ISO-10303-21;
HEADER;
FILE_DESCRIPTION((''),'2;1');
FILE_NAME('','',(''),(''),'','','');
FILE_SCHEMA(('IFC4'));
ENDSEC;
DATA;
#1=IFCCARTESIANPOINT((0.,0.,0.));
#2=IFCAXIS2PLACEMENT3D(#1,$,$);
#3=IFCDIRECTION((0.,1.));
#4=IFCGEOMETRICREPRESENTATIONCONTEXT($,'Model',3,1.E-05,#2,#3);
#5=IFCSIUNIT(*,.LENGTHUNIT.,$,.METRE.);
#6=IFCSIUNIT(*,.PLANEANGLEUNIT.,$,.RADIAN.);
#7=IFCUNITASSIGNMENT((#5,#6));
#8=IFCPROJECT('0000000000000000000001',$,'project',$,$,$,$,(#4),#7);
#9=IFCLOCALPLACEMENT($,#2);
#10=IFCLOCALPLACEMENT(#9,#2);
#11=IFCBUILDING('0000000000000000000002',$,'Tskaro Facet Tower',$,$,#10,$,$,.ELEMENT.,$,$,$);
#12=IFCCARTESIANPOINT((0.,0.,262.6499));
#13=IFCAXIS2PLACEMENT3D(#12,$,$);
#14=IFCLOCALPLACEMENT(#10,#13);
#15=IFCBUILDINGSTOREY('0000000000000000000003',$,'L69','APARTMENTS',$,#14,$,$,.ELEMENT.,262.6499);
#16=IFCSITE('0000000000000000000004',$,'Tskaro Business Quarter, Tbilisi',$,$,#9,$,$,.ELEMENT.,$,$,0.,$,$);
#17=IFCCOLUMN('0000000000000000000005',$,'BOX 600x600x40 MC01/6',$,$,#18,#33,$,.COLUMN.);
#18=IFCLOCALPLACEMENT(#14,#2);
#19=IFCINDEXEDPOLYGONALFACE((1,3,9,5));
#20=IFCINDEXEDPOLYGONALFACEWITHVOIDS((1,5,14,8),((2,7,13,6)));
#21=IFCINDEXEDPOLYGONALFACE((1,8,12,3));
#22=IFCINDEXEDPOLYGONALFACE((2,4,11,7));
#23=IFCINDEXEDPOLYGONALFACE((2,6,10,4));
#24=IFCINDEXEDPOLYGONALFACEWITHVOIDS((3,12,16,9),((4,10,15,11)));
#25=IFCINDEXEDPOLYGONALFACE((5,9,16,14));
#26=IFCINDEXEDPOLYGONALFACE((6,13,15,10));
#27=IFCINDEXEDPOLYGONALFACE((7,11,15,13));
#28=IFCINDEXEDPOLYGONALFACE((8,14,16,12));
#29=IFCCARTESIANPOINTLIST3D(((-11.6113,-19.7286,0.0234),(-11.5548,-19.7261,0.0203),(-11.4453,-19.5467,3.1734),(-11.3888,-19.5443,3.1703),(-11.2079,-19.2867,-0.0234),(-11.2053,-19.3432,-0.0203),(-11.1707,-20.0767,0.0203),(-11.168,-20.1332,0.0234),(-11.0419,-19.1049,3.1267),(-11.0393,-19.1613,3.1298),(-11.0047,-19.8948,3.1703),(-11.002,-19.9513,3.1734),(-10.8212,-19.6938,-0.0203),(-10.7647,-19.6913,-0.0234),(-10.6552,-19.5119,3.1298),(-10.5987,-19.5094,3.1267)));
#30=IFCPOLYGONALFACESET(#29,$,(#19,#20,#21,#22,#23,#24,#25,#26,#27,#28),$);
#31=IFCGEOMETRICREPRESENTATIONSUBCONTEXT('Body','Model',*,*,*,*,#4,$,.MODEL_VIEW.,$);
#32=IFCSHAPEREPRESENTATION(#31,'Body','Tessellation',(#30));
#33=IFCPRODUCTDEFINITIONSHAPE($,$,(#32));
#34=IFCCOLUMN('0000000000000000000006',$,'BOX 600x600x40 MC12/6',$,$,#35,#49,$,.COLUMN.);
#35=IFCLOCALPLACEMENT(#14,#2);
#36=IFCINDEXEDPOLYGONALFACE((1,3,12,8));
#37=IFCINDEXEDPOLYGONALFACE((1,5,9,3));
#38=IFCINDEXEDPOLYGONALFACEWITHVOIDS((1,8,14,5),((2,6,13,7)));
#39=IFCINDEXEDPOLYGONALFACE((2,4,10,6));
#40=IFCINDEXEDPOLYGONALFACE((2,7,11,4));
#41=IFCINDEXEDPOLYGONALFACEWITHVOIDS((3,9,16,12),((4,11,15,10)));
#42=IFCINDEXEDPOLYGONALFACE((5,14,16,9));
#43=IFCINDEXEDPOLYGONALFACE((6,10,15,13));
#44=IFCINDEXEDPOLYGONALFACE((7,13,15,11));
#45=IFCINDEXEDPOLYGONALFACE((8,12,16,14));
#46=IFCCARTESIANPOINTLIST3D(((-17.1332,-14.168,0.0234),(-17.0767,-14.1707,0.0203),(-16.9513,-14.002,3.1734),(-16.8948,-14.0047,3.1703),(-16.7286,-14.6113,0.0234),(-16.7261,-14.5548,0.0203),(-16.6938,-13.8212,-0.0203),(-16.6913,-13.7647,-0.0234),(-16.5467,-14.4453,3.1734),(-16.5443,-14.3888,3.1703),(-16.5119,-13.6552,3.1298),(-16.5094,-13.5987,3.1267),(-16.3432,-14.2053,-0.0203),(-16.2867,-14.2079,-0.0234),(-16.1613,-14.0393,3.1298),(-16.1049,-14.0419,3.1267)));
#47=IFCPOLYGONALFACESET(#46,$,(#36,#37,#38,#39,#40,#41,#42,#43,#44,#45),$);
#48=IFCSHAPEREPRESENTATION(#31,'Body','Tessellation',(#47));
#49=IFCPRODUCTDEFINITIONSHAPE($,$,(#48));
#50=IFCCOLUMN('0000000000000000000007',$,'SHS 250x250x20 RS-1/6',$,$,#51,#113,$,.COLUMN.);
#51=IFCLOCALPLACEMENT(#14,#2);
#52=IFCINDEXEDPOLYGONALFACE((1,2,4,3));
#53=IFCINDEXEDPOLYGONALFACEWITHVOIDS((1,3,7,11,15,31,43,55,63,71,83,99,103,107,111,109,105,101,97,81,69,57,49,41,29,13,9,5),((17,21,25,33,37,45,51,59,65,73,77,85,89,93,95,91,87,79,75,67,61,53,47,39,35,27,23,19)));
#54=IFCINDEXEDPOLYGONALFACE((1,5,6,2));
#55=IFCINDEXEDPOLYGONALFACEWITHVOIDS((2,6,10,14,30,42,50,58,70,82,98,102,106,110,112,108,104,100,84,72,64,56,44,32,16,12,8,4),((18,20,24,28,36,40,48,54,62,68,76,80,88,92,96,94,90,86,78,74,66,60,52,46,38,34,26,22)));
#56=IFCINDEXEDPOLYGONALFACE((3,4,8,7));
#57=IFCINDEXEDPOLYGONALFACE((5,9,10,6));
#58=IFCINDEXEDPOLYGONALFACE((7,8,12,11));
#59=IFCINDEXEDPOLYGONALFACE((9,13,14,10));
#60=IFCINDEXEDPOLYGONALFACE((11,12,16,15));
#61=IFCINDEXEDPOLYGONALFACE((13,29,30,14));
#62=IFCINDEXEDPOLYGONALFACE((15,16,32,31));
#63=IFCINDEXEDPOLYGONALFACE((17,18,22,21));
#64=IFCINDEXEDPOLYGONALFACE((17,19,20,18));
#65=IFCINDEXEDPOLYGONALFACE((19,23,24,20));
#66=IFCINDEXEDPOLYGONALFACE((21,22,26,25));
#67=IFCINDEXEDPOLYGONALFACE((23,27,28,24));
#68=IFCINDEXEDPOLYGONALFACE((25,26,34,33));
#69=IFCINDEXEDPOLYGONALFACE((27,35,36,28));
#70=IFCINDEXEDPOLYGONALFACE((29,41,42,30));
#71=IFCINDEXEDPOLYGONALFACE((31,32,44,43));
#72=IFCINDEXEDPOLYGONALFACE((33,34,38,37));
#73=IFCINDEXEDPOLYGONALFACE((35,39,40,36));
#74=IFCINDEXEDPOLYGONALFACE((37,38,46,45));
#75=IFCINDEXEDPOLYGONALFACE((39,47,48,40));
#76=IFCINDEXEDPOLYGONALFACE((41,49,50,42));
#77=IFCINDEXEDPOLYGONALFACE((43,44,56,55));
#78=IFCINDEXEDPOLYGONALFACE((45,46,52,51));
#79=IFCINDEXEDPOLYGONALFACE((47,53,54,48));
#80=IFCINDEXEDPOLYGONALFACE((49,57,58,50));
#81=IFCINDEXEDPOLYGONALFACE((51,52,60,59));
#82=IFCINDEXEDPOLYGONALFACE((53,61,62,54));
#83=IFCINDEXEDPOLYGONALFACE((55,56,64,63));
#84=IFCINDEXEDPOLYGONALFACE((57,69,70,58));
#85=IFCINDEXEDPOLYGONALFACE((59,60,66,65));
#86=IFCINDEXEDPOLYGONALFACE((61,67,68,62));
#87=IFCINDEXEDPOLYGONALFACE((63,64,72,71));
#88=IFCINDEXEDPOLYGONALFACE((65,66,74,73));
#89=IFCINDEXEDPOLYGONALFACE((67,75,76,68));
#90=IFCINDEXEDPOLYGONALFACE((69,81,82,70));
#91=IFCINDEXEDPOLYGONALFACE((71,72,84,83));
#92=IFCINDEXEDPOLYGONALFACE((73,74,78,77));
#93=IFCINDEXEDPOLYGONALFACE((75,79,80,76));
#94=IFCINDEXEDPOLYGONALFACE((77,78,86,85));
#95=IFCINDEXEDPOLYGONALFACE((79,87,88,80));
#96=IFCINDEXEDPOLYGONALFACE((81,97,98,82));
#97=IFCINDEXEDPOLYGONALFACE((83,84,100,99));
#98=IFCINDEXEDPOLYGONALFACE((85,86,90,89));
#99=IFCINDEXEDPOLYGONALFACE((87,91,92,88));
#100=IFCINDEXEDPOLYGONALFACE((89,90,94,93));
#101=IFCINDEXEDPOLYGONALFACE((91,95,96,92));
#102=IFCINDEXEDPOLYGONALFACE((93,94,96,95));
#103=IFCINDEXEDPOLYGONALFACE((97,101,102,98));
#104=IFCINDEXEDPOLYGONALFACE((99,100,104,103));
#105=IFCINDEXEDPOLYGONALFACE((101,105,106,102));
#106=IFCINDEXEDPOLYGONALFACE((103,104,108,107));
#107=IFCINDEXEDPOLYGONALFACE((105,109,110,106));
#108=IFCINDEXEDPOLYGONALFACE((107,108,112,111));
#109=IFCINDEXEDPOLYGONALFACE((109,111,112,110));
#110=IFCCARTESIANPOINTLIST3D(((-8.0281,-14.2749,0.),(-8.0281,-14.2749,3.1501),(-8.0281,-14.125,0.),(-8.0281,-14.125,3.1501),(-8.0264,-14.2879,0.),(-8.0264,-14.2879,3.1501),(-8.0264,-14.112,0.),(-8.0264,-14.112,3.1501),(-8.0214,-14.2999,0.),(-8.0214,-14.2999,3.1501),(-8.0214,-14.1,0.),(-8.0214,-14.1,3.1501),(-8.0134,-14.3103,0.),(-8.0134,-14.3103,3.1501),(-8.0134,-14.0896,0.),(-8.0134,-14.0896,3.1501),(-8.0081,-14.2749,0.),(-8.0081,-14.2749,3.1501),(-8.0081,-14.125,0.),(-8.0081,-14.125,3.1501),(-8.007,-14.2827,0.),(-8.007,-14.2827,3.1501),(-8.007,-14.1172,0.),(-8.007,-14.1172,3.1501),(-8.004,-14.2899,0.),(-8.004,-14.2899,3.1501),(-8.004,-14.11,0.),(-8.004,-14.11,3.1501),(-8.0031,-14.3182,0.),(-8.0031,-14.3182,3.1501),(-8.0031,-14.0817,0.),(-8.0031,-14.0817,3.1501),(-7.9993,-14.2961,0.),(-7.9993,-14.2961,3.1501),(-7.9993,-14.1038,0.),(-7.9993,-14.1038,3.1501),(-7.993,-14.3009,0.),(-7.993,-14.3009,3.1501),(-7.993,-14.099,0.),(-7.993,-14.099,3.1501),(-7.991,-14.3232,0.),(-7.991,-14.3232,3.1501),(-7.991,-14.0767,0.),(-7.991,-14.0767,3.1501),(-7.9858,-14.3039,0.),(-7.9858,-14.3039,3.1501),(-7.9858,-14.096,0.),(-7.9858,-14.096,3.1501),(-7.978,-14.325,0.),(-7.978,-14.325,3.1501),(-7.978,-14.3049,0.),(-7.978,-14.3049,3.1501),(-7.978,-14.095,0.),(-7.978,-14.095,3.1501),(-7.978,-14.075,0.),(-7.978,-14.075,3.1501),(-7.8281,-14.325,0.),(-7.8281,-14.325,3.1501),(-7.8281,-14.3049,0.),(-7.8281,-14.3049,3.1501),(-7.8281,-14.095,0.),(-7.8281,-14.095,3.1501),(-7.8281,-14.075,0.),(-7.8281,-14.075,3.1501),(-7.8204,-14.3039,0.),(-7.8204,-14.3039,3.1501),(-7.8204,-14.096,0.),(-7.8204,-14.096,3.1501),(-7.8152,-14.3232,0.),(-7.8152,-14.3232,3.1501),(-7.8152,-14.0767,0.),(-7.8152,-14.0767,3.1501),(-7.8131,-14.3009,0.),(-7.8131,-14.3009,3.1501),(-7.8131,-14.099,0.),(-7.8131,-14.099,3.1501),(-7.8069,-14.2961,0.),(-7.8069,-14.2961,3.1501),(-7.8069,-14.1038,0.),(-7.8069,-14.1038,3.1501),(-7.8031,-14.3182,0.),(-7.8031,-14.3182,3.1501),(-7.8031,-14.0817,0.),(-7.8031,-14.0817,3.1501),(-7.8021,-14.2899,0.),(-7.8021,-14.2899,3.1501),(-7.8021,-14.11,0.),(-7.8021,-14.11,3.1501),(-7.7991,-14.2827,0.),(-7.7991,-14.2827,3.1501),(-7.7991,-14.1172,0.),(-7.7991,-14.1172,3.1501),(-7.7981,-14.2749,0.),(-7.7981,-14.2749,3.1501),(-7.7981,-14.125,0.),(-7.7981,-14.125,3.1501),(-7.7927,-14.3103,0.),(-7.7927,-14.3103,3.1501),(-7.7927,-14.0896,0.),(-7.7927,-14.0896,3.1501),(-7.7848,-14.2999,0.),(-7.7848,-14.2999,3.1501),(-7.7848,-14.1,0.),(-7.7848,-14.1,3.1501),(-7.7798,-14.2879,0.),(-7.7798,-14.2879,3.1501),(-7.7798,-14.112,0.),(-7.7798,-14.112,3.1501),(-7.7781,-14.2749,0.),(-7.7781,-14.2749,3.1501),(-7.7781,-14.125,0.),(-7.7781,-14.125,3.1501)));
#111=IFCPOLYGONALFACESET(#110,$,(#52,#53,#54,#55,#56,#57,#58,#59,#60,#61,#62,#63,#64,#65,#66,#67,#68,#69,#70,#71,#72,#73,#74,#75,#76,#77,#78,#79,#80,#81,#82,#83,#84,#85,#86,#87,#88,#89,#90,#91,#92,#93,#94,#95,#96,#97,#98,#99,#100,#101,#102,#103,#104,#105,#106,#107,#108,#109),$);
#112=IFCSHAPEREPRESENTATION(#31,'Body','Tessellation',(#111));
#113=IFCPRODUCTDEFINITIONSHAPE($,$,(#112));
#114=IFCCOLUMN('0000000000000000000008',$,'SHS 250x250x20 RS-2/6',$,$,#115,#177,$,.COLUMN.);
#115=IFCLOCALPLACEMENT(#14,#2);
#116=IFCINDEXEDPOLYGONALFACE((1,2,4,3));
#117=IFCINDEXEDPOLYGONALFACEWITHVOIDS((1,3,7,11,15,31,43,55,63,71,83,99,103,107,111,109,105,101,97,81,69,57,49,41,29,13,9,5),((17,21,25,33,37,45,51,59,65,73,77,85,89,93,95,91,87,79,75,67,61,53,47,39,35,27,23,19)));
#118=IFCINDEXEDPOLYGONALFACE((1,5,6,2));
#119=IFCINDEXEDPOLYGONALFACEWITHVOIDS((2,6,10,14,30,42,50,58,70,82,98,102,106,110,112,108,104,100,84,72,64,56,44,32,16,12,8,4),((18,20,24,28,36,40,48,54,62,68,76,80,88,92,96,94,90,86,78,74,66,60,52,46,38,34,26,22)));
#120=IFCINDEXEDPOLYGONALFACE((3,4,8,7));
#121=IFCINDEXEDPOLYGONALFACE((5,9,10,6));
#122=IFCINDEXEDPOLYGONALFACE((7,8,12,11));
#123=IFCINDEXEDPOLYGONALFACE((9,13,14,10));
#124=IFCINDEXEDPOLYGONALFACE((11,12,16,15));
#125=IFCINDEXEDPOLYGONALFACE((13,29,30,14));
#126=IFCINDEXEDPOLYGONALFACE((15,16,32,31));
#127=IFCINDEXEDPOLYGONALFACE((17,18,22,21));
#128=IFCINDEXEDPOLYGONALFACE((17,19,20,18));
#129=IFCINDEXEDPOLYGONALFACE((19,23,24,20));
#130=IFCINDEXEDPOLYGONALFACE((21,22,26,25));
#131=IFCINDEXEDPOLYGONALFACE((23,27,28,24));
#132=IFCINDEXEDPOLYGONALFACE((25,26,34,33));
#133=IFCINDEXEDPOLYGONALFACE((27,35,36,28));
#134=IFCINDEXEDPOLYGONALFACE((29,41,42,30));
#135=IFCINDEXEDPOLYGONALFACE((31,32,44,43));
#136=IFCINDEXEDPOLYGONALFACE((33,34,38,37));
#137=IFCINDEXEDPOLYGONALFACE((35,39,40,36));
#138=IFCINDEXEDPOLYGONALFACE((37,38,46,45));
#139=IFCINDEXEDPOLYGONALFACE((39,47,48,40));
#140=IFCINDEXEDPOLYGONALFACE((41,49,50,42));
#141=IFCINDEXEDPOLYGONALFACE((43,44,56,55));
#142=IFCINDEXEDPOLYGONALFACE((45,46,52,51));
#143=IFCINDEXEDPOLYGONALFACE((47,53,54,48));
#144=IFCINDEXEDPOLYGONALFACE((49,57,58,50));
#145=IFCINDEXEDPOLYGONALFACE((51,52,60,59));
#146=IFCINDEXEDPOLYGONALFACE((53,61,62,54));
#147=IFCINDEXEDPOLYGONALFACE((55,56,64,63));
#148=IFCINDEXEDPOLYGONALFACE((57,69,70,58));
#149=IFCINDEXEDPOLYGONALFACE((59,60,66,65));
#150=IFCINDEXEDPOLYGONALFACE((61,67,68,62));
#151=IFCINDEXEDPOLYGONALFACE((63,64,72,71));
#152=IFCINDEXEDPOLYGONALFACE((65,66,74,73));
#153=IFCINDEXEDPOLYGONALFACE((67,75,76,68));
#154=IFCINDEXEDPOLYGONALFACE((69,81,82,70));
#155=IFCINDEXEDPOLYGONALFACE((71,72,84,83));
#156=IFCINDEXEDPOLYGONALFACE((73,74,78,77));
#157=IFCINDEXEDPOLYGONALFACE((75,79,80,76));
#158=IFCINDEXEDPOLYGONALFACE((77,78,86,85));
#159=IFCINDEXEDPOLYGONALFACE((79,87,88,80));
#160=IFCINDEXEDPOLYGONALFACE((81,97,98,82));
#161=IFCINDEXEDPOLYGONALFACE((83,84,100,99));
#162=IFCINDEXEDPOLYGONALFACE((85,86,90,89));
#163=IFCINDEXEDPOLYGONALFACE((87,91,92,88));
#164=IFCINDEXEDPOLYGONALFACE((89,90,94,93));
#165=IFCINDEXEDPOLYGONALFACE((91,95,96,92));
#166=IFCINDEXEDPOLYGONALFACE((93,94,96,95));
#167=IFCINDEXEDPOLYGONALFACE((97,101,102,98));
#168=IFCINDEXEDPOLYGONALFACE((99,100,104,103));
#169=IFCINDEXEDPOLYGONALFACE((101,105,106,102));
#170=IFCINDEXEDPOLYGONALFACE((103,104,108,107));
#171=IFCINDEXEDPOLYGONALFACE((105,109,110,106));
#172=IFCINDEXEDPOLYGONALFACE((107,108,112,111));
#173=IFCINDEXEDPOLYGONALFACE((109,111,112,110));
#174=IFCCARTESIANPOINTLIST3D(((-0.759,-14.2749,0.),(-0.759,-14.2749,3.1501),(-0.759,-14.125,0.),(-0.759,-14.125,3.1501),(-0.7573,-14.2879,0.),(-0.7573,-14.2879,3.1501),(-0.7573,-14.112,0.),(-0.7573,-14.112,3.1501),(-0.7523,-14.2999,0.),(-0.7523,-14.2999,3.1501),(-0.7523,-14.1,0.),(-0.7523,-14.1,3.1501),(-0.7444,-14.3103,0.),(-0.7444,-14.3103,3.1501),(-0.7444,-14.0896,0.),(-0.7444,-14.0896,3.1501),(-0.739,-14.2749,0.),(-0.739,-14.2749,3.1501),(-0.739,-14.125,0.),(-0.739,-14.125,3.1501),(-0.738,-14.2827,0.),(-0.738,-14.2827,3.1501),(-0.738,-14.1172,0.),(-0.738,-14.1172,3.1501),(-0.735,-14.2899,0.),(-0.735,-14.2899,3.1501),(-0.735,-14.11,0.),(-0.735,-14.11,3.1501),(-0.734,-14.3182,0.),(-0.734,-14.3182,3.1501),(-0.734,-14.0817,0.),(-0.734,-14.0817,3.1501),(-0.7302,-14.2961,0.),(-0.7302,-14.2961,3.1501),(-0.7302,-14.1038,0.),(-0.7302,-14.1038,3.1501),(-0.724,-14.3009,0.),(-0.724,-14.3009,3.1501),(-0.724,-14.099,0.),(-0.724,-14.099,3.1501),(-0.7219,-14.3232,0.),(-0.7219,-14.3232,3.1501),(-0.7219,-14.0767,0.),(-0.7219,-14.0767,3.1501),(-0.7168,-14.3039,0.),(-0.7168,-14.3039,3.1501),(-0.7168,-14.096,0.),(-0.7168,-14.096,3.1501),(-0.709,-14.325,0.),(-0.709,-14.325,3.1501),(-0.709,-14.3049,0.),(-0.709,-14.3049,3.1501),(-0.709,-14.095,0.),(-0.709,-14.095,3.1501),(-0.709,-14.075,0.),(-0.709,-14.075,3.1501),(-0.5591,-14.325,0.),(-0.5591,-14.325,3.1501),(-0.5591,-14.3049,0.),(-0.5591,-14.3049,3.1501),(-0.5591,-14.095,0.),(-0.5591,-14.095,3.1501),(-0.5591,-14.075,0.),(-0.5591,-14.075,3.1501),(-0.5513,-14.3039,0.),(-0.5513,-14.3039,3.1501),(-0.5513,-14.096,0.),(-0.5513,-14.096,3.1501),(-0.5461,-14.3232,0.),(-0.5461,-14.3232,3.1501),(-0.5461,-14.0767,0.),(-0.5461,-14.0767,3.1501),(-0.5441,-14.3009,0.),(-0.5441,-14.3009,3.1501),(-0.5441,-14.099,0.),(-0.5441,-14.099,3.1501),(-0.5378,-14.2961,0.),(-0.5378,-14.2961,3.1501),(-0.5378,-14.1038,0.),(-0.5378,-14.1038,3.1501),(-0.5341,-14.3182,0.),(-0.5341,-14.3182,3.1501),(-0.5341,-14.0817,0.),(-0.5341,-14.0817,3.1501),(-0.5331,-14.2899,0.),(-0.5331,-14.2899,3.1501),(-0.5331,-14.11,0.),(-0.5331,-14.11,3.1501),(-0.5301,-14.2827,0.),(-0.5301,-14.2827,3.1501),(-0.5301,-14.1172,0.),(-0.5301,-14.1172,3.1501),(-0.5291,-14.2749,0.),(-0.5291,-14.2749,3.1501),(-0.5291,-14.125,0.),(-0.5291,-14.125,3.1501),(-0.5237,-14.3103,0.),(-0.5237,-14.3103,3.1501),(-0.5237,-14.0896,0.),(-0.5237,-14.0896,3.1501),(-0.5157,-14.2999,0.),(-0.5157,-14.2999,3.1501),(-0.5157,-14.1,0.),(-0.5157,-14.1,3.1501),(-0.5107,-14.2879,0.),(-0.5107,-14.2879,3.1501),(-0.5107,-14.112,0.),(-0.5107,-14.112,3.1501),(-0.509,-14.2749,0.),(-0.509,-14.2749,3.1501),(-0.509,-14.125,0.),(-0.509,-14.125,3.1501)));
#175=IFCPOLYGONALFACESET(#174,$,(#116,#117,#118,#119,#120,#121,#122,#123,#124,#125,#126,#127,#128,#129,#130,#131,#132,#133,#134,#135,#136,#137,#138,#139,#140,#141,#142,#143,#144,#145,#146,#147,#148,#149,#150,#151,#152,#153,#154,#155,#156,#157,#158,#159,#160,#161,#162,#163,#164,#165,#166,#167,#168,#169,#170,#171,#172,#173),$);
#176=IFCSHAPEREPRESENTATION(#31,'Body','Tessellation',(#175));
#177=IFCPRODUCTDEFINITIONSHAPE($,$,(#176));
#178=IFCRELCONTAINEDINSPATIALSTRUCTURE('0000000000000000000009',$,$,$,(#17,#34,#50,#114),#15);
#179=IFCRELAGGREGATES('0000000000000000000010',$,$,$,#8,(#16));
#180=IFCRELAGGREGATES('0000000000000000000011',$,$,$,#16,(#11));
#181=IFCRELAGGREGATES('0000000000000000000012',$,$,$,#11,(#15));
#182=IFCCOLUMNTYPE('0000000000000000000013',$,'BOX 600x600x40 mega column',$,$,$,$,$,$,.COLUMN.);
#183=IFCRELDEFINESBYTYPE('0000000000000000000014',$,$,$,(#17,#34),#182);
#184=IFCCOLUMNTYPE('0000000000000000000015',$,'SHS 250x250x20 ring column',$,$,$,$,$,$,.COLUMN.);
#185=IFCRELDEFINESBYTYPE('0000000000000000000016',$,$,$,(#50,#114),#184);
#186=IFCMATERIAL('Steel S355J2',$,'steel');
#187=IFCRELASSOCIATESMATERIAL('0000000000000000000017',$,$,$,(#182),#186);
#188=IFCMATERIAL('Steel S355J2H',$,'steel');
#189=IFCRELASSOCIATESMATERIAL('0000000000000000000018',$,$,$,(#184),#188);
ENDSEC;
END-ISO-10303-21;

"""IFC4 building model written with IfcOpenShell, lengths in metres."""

from ifc_helpers import new_model, si_unit, direction, frame, origin, origin_2d, place, context, subcontext, project, spatial, hollow_rectangle, extrude, material, material_profile, profile_set, type_object, element, save


model = new_model("IFC4")

# Units and contexts
model_context = context("Model", 3, precision=1e-05, world=origin(), true_north=direction((0.0, 1.0)))
body_context = subcontext(model_context, "Body", "Model", "MODEL_VIEW")
ifc_project = project(units=[si_unit("LENGTHUNIT", "METRE"), si_unit("PLANEANGLEUNIT", "RADIAN")], contexts=[model_context])

# Site, building, storey
site_placement = place(None, origin())
site = spatial("IfcSite", under=ifc_project, at=site_placement, Name="Tskaro Business Quarter, Tbilisi", CompositionType="ELEMENT", RefElevation=0.0)
building_placement = place(site_placement, origin())
building = spatial("IfcBuilding", under=site, at=building_placement, Name="Tskaro Facet Tower", CompositionType="ELEMENT")
storey_placement = place(building_placement, frame((0.0, 0.0, 262.6499)))
storey = spatial("IfcBuildingStorey", under=building, at=storey_placement, Name="L69", Description="APARTMENTS", CompositionType="ELEMENT", Elevation=262.6499)

# Columns
ifc_material_1 = material(Name="Steel S355J2", Category="steel")
ifc_material_profile_1 = material_profile(ifc_material_1, hollow_rectangle(XDim=0.6001, YDim=0.6001, WallThickness=0.04, at=origin_2d()), Name="BOX 600x600x40")
ifc_profile_set_1 = profile_set([ifc_material_profile_1], Name="Steel S355J2")
column_type_1 = type_object("IfcColumnType", Name="BOX 600x600x40 mega column", PredefinedType="COLUMN", material=ifc_profile_set_1)
for number, where, z_axis, x_axis, name in (
    (1, (-11.188, -19.71, 0.0), (0.052541, 0.057563, 0.996958), (-0.738593, 0.674152, 0.0), "BOX 600x600x40 MC01/6"),
    (2, (-16.71, -14.188, 0.0), (0.057563, 0.052541, 0.996958), (-0.674152, 0.738593, 0.0), "BOX 600x600x40 MC12/6"),
):
    element("IfcColumn", number, at=place(storey_placement, frame(where, z_axis=z_axis, x_axis=x_axis)), inside=storey, type_object=column_type_1, Name=name, PredefinedType="COLUMN", context=body_context, shape_type="SweptSolid", body=[
        extrude(hollow_rectangle(XDim=0.6001, YDim=0.6001, WallThickness=0.04, at=origin_2d()), origin(), (0.0, 0.0, 1.0), 3.1597),
    ])
ifc_material_2 = material(Name="Steel S355J2H", Category="steel")
ifc_material_profile_2 = material_profile(ifc_material_2, hollow_rectangle(XDim=0.25, YDim=0.25, WallThickness=0.02, InnerFilletRadius=0.03, OuterFilletRadius=0.05, at=origin_2d()), Name="SHS 250x250x20")
ifc_profile_set_2 = profile_set([ifc_material_profile_2], Name="Steel S355J2H")
column_type_2 = type_object("IfcColumnType", Name="SHS 250x250x20 ring column", PredefinedType="COLUMN", material=ifc_profile_set_2)
for number, where, z_axis, x_axis, name in (
    (3, (-7.9031, -14.2, 0.0), (0.0, 0.0, 1.0), (1.0, 0.0, 0.0), "SHS 250x250x20 RS-1/6"),
    (4, (-0.634, -14.2, 0.0), (0.0, 0.0, 1.0), (1.0, 0.0, 0.0), "SHS 250x250x20 RS-2/6"),
):
    element("IfcColumn", number, at=place(storey_placement, frame(where, z_axis=z_axis, x_axis=x_axis)), inside=storey, type_object=column_type_2, Name=name, PredefinedType="COLUMN", context=body_context, shape_type="SweptSolid", body=[
        extrude(hollow_rectangle(XDim=0.25, YDim=0.25, WallThickness=0.02, InnerFilletRadius=0.03, OuterFilletRadius=0.05, at=origin_2d()), origin(), (0.0, 0.0, 1.0), 3.1501),
    ])

save(model, "model.ifc")
